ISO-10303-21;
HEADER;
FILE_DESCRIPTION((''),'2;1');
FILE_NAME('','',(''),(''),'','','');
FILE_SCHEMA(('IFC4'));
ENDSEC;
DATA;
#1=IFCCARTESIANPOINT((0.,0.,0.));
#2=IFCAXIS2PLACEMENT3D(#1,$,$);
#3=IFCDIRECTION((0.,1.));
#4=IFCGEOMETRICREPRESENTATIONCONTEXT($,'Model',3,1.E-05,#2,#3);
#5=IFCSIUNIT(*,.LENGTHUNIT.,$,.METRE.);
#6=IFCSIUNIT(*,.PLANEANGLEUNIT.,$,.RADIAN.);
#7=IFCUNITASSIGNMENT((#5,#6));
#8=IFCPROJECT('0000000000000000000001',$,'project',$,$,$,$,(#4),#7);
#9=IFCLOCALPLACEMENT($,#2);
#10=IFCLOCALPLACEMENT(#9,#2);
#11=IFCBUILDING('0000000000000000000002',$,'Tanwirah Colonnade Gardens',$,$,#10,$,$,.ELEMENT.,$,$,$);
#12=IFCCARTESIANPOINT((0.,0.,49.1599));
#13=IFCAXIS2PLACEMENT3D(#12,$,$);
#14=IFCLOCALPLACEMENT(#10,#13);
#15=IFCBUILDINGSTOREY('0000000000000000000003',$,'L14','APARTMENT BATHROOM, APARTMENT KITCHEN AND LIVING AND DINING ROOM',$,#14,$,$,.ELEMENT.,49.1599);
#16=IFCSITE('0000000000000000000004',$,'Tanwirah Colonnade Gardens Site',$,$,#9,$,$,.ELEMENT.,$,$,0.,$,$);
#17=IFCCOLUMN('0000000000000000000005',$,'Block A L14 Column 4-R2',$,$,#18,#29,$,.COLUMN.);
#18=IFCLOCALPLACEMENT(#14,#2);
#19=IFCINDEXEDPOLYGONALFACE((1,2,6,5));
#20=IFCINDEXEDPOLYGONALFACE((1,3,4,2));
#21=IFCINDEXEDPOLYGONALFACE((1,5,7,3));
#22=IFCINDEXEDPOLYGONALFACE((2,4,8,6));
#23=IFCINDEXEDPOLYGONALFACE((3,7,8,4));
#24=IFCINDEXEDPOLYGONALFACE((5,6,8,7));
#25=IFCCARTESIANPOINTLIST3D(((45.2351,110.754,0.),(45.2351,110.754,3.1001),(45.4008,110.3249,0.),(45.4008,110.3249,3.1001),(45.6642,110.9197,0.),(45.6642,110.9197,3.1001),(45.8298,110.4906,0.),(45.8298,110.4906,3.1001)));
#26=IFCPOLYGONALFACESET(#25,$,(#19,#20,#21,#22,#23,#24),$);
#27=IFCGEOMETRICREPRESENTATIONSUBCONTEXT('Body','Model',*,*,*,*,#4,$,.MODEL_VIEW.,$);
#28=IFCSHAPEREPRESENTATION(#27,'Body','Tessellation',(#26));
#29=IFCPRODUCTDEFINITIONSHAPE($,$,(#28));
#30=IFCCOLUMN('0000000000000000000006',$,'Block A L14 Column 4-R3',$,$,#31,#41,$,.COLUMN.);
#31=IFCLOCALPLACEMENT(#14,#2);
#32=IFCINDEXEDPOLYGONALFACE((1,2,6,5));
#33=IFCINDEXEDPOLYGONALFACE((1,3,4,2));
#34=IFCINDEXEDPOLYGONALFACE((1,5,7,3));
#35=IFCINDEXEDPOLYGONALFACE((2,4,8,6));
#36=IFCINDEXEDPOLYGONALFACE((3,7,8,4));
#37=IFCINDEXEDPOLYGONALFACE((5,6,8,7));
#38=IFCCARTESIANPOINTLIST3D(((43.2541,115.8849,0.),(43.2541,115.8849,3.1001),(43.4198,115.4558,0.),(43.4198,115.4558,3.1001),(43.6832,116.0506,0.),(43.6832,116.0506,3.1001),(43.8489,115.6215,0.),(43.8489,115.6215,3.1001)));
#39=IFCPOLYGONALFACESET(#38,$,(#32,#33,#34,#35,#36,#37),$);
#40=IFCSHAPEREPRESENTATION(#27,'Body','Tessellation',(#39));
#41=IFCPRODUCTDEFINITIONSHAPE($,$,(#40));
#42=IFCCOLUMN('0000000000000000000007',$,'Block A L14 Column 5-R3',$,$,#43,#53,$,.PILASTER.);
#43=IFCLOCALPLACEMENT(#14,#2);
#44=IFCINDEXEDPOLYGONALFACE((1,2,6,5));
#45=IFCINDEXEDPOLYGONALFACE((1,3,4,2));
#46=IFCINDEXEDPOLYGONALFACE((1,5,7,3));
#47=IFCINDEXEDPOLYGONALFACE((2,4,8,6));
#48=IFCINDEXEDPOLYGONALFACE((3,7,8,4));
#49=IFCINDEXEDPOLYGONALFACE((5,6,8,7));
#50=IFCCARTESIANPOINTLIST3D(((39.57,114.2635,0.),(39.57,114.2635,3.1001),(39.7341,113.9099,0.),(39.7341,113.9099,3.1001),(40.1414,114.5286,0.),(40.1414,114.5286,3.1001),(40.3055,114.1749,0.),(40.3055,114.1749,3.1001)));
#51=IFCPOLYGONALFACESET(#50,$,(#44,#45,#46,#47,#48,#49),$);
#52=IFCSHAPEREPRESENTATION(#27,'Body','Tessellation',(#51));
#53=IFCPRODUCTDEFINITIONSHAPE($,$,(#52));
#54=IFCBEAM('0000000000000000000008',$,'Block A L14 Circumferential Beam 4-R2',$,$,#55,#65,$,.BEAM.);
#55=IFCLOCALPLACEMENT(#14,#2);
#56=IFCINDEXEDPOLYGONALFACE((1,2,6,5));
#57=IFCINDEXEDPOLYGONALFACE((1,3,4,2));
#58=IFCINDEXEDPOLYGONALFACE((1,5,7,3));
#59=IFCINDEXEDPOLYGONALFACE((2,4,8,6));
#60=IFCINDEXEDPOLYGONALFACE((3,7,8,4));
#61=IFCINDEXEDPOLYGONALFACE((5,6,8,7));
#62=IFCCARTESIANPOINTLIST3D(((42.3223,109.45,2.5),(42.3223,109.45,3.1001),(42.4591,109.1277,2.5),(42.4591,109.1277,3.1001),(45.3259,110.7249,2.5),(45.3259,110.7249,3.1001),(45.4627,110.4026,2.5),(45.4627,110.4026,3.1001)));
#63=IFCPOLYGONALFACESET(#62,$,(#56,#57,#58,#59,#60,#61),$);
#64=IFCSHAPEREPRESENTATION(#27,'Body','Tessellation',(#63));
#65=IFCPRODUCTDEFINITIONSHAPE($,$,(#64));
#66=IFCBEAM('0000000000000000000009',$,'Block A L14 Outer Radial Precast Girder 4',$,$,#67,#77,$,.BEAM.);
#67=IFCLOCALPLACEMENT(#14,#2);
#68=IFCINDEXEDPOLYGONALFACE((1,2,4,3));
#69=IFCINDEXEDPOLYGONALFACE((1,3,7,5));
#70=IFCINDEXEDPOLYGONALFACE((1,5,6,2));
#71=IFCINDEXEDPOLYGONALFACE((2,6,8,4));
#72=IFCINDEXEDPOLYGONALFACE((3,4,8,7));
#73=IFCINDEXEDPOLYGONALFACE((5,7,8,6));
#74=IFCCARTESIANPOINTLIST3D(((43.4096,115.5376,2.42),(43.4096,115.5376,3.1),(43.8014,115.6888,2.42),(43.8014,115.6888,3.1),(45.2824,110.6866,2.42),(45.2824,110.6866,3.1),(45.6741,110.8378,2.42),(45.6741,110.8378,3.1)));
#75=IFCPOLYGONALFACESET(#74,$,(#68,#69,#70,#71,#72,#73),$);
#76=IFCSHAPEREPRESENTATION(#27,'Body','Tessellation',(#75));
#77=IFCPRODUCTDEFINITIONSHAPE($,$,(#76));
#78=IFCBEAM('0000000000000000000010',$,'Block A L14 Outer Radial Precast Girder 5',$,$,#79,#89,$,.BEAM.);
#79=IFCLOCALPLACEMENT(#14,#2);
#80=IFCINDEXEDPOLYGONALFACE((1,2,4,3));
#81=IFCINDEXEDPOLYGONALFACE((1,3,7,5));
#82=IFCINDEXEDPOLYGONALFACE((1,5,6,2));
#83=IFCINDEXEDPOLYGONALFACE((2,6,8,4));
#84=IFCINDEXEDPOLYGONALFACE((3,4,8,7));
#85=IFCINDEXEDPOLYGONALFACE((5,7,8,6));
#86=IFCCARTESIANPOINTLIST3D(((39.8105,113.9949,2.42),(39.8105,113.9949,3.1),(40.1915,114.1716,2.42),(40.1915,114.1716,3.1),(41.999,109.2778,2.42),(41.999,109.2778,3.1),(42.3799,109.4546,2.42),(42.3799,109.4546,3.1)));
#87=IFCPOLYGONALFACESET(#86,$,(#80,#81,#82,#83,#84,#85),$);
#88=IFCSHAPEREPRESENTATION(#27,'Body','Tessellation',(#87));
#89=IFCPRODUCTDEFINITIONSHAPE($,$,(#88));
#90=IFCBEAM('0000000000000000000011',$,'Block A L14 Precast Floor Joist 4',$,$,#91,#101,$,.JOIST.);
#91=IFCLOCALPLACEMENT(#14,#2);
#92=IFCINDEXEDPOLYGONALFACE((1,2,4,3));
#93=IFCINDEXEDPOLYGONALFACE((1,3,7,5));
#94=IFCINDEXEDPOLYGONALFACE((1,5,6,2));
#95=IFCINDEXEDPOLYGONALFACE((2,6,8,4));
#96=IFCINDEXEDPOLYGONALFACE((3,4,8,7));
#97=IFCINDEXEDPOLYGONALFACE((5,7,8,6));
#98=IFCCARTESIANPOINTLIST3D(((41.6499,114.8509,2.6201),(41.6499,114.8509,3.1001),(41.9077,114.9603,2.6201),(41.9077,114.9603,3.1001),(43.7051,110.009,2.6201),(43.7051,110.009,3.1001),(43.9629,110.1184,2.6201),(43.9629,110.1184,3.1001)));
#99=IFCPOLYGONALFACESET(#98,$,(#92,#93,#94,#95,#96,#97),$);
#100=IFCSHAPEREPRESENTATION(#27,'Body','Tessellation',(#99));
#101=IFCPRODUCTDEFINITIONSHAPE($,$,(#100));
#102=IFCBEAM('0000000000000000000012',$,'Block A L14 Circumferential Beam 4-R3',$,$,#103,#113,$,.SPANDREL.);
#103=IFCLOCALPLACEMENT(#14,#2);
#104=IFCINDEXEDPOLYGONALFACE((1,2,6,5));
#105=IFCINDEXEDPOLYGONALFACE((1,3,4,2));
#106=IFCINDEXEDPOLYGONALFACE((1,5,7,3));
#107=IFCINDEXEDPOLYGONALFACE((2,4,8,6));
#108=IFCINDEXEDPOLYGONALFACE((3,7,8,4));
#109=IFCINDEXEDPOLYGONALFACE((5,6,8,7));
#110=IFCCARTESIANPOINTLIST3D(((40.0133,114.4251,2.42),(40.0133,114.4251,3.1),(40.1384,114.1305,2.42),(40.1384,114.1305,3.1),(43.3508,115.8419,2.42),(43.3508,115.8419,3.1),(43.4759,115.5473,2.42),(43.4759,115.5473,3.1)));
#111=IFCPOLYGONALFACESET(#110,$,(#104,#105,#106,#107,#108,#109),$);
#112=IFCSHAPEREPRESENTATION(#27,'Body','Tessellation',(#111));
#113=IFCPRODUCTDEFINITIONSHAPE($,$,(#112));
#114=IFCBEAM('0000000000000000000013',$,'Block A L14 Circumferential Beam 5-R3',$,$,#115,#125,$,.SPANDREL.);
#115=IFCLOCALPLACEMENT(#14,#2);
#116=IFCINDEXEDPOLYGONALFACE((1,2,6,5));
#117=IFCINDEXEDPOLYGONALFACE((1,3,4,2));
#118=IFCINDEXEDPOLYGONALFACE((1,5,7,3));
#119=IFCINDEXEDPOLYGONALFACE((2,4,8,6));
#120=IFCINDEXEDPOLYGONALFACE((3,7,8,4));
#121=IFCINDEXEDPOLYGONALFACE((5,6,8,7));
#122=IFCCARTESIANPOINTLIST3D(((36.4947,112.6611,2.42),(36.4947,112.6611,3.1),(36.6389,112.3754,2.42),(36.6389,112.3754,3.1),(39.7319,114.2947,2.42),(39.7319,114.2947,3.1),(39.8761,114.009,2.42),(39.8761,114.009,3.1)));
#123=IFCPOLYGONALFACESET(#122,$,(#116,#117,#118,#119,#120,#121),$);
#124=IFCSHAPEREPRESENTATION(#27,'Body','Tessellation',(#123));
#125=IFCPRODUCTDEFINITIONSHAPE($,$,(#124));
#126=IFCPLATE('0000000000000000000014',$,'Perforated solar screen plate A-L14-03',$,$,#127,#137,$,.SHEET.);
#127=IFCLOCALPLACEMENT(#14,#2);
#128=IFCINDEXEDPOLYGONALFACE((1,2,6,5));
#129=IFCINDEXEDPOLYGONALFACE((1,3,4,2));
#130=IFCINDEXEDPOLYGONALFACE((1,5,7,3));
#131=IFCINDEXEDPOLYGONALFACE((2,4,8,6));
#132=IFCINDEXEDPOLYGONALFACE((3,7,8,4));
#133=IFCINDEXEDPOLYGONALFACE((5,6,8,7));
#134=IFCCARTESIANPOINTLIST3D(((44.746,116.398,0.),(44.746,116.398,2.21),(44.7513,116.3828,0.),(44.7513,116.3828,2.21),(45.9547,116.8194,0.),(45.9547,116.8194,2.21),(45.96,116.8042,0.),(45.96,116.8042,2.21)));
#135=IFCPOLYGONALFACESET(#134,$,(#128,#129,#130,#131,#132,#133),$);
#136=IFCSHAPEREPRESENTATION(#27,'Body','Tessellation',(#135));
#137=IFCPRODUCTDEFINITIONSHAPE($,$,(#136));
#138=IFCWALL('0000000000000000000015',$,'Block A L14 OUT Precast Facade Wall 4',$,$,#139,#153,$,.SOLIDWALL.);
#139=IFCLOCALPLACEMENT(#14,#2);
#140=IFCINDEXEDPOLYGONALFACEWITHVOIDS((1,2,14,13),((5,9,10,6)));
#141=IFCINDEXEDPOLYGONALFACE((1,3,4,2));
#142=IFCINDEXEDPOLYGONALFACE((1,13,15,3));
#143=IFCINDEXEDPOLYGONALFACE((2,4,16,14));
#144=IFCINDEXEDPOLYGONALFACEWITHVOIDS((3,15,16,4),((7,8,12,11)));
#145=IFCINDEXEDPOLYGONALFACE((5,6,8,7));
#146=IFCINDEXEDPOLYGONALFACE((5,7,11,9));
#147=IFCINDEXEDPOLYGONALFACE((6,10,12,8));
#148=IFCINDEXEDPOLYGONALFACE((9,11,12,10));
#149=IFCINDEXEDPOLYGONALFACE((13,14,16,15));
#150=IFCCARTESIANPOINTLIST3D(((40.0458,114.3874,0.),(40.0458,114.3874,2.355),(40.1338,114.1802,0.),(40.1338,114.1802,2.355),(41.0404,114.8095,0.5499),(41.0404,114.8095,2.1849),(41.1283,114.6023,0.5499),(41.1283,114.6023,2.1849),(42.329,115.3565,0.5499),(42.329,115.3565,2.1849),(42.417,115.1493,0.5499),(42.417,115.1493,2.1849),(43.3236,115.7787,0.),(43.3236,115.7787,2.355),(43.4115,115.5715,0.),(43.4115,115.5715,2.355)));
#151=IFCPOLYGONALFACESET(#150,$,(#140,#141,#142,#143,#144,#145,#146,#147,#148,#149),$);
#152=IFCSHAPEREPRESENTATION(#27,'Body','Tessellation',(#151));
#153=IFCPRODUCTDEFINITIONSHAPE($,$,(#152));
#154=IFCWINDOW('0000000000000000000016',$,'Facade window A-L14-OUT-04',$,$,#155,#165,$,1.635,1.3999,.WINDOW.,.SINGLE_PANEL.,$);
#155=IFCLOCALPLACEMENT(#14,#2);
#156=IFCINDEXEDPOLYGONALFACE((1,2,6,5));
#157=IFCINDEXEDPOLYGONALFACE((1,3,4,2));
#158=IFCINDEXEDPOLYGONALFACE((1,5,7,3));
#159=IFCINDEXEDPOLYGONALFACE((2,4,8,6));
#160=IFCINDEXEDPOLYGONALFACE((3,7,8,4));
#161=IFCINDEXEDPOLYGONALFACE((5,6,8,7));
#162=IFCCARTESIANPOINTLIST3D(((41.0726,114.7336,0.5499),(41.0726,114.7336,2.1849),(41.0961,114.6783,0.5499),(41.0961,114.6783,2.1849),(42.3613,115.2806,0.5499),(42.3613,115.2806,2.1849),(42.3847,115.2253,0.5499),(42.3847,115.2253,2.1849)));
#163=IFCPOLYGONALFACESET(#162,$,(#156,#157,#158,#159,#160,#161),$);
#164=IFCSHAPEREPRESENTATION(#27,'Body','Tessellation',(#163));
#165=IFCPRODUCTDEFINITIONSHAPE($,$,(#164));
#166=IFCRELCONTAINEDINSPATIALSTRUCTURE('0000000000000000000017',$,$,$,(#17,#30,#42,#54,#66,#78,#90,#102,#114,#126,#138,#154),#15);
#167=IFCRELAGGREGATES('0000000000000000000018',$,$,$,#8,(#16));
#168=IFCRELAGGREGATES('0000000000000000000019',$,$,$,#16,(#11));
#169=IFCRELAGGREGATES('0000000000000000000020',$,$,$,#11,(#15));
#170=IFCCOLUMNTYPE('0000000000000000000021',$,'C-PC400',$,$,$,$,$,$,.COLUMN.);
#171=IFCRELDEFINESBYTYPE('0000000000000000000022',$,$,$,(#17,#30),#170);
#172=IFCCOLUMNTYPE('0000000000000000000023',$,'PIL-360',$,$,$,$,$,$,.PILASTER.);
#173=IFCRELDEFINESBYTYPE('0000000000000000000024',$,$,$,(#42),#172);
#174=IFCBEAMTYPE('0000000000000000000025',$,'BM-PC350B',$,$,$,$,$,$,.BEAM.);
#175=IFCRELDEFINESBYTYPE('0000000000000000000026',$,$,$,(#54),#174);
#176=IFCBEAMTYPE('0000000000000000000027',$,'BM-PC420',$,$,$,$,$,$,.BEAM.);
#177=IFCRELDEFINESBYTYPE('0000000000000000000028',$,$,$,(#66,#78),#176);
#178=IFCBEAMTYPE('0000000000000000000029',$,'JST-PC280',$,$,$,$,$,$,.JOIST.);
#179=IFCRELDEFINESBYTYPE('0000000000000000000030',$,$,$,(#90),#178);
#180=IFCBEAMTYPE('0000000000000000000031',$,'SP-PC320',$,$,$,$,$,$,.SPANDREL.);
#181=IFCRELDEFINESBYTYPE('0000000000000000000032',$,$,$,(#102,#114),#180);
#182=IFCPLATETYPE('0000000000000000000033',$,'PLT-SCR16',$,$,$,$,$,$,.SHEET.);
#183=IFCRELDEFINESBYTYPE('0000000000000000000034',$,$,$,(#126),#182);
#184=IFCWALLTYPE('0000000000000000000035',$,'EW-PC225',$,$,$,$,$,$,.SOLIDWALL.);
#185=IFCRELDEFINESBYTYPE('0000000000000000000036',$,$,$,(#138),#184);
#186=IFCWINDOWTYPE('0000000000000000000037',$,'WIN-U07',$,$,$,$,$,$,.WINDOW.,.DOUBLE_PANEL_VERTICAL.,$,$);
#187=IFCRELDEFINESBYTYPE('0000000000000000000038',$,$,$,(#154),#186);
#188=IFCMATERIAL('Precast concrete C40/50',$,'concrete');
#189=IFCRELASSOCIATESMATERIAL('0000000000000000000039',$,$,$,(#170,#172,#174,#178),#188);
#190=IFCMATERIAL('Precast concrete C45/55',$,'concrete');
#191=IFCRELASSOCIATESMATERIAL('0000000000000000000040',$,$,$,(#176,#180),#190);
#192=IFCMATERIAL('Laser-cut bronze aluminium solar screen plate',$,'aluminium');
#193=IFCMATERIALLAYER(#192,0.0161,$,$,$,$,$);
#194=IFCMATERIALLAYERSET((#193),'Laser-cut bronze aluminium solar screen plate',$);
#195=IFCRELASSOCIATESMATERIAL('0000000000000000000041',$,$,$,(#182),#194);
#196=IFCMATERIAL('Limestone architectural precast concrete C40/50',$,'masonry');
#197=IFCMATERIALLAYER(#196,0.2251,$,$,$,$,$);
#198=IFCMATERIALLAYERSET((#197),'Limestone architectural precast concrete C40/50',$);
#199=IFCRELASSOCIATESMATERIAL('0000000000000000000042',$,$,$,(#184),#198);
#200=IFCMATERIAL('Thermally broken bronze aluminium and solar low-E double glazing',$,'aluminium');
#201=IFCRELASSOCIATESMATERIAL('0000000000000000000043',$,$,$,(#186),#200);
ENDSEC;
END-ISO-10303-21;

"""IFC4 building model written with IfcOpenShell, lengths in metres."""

from ifc_helpers import new_model, si_unit, direction, frame, frame_2d, origin, origin_2d, place, context, subcontext, project, spatial, rectangle, extrude, material, layer, layer_set, material_profile, profile_set, type_object, element, fill, save


model = new_model("IFC4")

# Units and contexts
model_context = context("Model", 3, precision=1e-05, world=origin(), true_north=direction((0.0, 1.0)))
body_context = subcontext(model_context, "Body", "Model", "MODEL_VIEW")
ifc_project = project(units=[si_unit("LENGTHUNIT", "METRE"), si_unit("PLANEANGLEUNIT", "RADIAN")], contexts=[model_context])

# Site, building, storey
site_placement = place(None, origin())
site = spatial("IfcSite", under=ifc_project, at=site_placement, Name="Tanwirah Colonnade Gardens Site", CompositionType="ELEMENT", RefElevation=0.0)
building_placement = place(site_placement, origin())
building = spatial("IfcBuilding", under=site, at=building_placement, Name="Tanwirah Colonnade Gardens", CompositionType="ELEMENT")
storey_placement = place(building_placement, frame((0.0, 0.0, 49.1599)))
storey = spatial("IfcBuildingStorey", under=building, at=storey_placement, Name="L14", Description="APARTMENT BATHROOM, APARTMENT KITCHEN AND LIVING AND DINING ROOM", CompositionType="ELEMENT", Elevation=49.1599)

# Columns
ifc_material_1 = material(Name="Precast concrete C40/50", Category="concrete")
ifc_material_profile_1 = material_profile(ifc_material_1, rectangle(XDim=0.46, YDim=0.46, at=origin_2d()), Name="PC-COL 460x460")
ifc_profile_set_1 = profile_set([ifc_material_profile_1], Name="Precast concrete C40/50")
column_type_1 = type_object("IfcColumnType", Name="C-PC400", PredefinedType="COLUMN", material=ifc_profile_set_1)
for number, where, z_axis, x_axis, name in (
    (1, (45.5325, 110.6223, 0.0), (0.0, 0.0, 1.0), (-0.360178, 0.932884, 0.0), "Block A L14 Column 4-R2"),
    (2, (43.5515, 115.7532, 0.0), (0.0, 0.0, 1.0), (-0.360178, 0.932884, 0.0), "Block A L14 Column 4-R3"),
):
    element("IfcColumn", number, at=place(storey_placement, frame(where, z_axis=z_axis, x_axis=x_axis)), inside=storey, type_object=column_type_1, Name=name, PredefinedType="COLUMN", context=body_context, shape_type="SweptSolid", body=[
        extrude(rectangle(XDim=0.46, YDim=0.46, at=origin_2d()), origin(), (0.0, 0.0, 1.0), 3.1001),
    ])
ifc_material_profile_2 = material_profile(ifc_material_1, rectangle(XDim=0.3899, YDim=0.6299, at=origin_2d()), Name="PC-PIL 390x630")
ifc_profile_set_2 = profile_set([ifc_material_profile_2], Name="Precast concrete C40/50")
column_type_2 = type_object("IfcColumnType", Name="PIL-360", PredefinedType="PILASTER", material=ifc_profile_set_2)
column_placement = place(storey_placement, frame((39.9377, 114.2192, 0.0), z_axis=(0.0, 0.0, 1.0), x_axis=(-0.42086, 0.907126, 0.0)))
element("IfcColumn", 3, at=column_placement, inside=storey, type_object=column_type_2, Name="Block A L14 Column 5-R3", PredefinedType="PILASTER", context=body_context, shape_type="SweptSolid", body=[
    extrude(rectangle(XDim=0.3899, YDim=0.6299, at=origin_2d()), origin(), (0.0, 0.0, 1.0), 3.1001),
])

# Beams
ifc_material_profile_3 = material_profile(ifc_material_1, rectangle(XDim=0.3501, YDim=0.6001, at=origin_2d()), Name="PC-BM 350x600")
ifc_profile_set_3 = profile_set([ifc_material_profile_3], Name="Precast concrete C40/50")
beam_type_1 = type_object("IfcBeamType", Name="BM-PC350B", PredefinedType="BEAM", material=ifc_profile_set_3)
beam_1_placement = place(storey_placement, frame((45.3943, 110.5637, 2.8), z_axis=(-0.920513, -0.390711, 0.0), x_axis=(0.390711, -0.920513, 0.0)))
element("IfcBeam", 4, at=beam_1_placement, inside=storey, type_object=beam_type_1, Name="Block A L14 Circumferential Beam 4-R2", PredefinedType="BEAM", context=body_context, shape_type="SweptSolid", body=[
    extrude(rectangle(XDim=0.3501, YDim=0.6001, at=origin_2d()), origin(), (0.0, 0.0, 1.0), 3.2629),
])
ifc_material_2 = material(Name="Precast concrete C45/55", Category="concrete")
ifc_material_profile_4 = material_profile(ifc_material_2, rectangle(XDim=0.4199, YDim=0.6799, at=origin_2d()), Name="PC-BM 420x680")
ifc_profile_set_4 = profile_set([ifc_material_profile_4], Name="Precast concrete C45/55")
beam_type_2 = type_object("IfcBeamType", Name="BM-PC420", PredefinedType="BEAM", material=ifc_profile_set_4)
for number, where, z_axis, x_axis, name in (
    (5, (45.4783, 110.7622, 2.76), (-0.360152, 0.932894, 0.0), (-0.932894, -0.360152, 0.0), "Block A L14 Outer Radial Precast Girder 4"),
    (6, (42.1895, 109.3662, 2.76), (-0.420862, 0.907125, 0.0), (-0.907125, -0.420862, 0.0), "Block A L14 Outer Radial Precast Girder 5"),
):
    element("IfcBeam", number, at=place(storey_placement, frame(where, z_axis=z_axis, x_axis=x_axis)), inside=storey, type_object=beam_type_2, Name=name, PredefinedType="BEAM", context=body_context, shape_type="SweptSolid", body=[
        extrude(rectangle(XDim=0.4199, YDim=0.6799, at=origin_2d()), origin(), (0.0, 0.0, 1.0), 5.2),
    ])
ifc_material_profile_5 = material_profile(ifc_material_1, rectangle(XDim=0.28, YDim=0.48, at=origin_2d()), Name="PC-JST 280x480")
ifc_profile_set_5 = profile_set([ifc_material_profile_5], Name="Precast concrete C40/50")
beam_type_3 = type_object("IfcBeamType", Name="JST-PC280", PredefinedType="JOIST", material=ifc_profile_set_5)
beam_2_placement = place(storey_placement, frame((43.834, 110.0637, 2.8601), z_axis=(-0.390724, 0.920508, 0.0), x_axis=(-0.920508, -0.390724, 0.0)))
element("IfcBeam", 7, at=beam_2_placement, inside=storey, type_object=beam_type_3, Name="Block A L14 Precast Floor Joist 4", PredefinedType="JOIST", context=body_context, shape_type="SweptSolid", body=[
    extrude(rectangle(XDim=0.28, YDim=0.48, at=origin_2d()), origin(), (0.0, 0.0, 1.0), 5.26),
])
ifc_material_profile_6 = material_profile(ifc_material_2, rectangle(XDim=0.3201, YDim=0.6799, at=origin_2d()), Name="PC-SP 320x680")
ifc_profile_set_6 = profile_set([ifc_material_profile_6], Name="Precast concrete C45/55")
beam_type_4 = type_object("IfcBeamType", Name="SP-PC320", PredefinedType="SPANDREL", material=ifc_profile_set_6)
beam_3_placement = place(storey_placement, frame((43.4133, 115.6946, 2.76), z_axis=(-0.920494, -0.390756, 0.0), x_axis=(0.390756, -0.920494, 0.0)))
element("IfcBeam", 8, at=beam_3_placement, inside=storey, type_object=beam_type_4, Name="Block A L14 Circumferential Beam 4-R3", PredefinedType="SPANDREL", context=body_context, shape_type="SweptSolid", body=[
    extrude(rectangle(XDim=0.3201, YDim=0.6799, at=origin_2d()), origin(), (0.0, 0.0, 1.0), 3.6257),
])
beam_4_placement = place(storey_placement, frame((39.804, 114.1519, 2.76), z_axis=(-0.892765, -0.450523, 0.0), x_axis=(0.450523, -0.892765, 0.0)))
element("IfcBeam", 9, at=beam_4_placement, inside=storey, type_object=beam_type_4, Name="Block A L14 Circumferential Beam 5-R3", PredefinedType="SPANDREL", context=body_context, shape_type="SweptSolid", body=[
    extrude(rectangle(XDim=0.3201, YDim=0.6799, at=origin_2d()), origin(), (0.0, 0.0, 1.0), 3.626),
])

# Plate
ifc_material_3 = material(Name="Laser-cut bronze aluminium solar screen plate", Category="aluminium")
ifc_layer_1 = layer(ifc_material_3, 0.0161)
ifc_layer_set_1 = layer_set([ifc_layer_1], Name="Laser-cut bronze aluminium solar screen plate")
plate_type = type_object("IfcPlateType", Name="PLT-SCR16", PredefinedType="SHEET", material=ifc_layer_set_1)
plate_placement = place(storey_placement, frame((45.353, 116.6011, 0.0), z_axis=(0.0, 0.0, 1.0), x_axis=(-0.944249, -0.329234, 0.0)))
element("IfcPlate", 10, at=plate_placement, inside=storey, type_object=plate_type, Name="Perforated solar screen plate A-L14-03", PredefinedType="SHEET", context=body_context, shape_type="SweptSolid", body=[
    extrude(rectangle(XDim=1.28, YDim=0.0161, at=origin_2d()), origin(), (0.0, 0.0, 1.0), 2.21),
])

# Wall, opening, window
ifc_material_4 = material(Name="Limestone architectural precast concrete C40/50", Category="masonry")
ifc_layer_2 = layer(ifc_material_4, 0.2251)
ifc_layer_set_2 = layer_set([ifc_layer_2], Name="Limestone architectural precast concrete C40/50")
wall_type_1 = type_object("IfcWallType", Name="EW-PC225", PredefinedType="SOLIDWALL", material=ifc_layer_set_2)
wall_1_placement = place(storey_placement, frame((43.3674, 115.675, 0.0), z_axis=(0.0, 0.0, 1.0), x_axis=(-0.920505, -0.390731, 0.0)))
wall_1 = element("IfcWall", 11, at=wall_1_placement, inside=storey, type_object=wall_type_1, Name="Block A L14 OUT Precast Facade Wall 4", PredefinedType="SOLIDWALL", context=body_context, shape_type="SweptSolid", body=[
    extrude(rectangle(XDim=3.5608, YDim=0.2251, at=frame_2d((1.7803, 0.0))), origin(), (0.0, 0.0, 1.0), 2.355),
])
opening_1_placement = place(wall_1_placement, frame((1.0803, 0.0, 0.55)))
opening_1 = element("IfcOpeningElement", 12, at=opening_1_placement, cuts=wall_1, PredefinedType="OPENING", context=body_context, shape_type="SweptSolid", body=[
    extrude(rectangle(XDim=1.3999, YDim=1.635, at=frame_2d((0.7, 0.8174))), frame((0.0, 0.1226, 0.0), z_axis=(0.0, -1.0, 0.0), x_axis=(1.0, 0.0, 0.0)), (0.0, 0.0, 1.0), 0.2451),
])
ifc_material_5 = material(Name="Thermally broken bronze aluminium and solar low-E double glazing", Category="aluminium")
window_type = type_object("IfcWindowType", Name="WIN-U07", PartitioningType="DOUBLE_PANEL_VERTICAL", PredefinedType="WINDOW", material=ifc_material_5)
window_placement = place(opening_1_placement, origin())
window = element("IfcWindow", 13, at=window_placement, inside=storey, type_object=window_type, Name="Facade window A-L14-OUT-04", OverallHeight=1.635, OverallWidth=1.3999, PartitioningType="SINGLE_PANEL", PredefinedType="WINDOW", context=body_context, shape_type="SweptSolid", body=[
    extrude(rectangle(XDim=1.3999, YDim=1.635, at=frame_2d((0.7, 0.8174))), frame((0.0, 0.03, 0.0), z_axis=(0.0, -1.0, 0.0), x_axis=(1.0, 0.0, 0.0)), (0.0, 0.0, 1.0), 0.0601),
])
fill(opening_1, window)

save(model, "model.ifc")
